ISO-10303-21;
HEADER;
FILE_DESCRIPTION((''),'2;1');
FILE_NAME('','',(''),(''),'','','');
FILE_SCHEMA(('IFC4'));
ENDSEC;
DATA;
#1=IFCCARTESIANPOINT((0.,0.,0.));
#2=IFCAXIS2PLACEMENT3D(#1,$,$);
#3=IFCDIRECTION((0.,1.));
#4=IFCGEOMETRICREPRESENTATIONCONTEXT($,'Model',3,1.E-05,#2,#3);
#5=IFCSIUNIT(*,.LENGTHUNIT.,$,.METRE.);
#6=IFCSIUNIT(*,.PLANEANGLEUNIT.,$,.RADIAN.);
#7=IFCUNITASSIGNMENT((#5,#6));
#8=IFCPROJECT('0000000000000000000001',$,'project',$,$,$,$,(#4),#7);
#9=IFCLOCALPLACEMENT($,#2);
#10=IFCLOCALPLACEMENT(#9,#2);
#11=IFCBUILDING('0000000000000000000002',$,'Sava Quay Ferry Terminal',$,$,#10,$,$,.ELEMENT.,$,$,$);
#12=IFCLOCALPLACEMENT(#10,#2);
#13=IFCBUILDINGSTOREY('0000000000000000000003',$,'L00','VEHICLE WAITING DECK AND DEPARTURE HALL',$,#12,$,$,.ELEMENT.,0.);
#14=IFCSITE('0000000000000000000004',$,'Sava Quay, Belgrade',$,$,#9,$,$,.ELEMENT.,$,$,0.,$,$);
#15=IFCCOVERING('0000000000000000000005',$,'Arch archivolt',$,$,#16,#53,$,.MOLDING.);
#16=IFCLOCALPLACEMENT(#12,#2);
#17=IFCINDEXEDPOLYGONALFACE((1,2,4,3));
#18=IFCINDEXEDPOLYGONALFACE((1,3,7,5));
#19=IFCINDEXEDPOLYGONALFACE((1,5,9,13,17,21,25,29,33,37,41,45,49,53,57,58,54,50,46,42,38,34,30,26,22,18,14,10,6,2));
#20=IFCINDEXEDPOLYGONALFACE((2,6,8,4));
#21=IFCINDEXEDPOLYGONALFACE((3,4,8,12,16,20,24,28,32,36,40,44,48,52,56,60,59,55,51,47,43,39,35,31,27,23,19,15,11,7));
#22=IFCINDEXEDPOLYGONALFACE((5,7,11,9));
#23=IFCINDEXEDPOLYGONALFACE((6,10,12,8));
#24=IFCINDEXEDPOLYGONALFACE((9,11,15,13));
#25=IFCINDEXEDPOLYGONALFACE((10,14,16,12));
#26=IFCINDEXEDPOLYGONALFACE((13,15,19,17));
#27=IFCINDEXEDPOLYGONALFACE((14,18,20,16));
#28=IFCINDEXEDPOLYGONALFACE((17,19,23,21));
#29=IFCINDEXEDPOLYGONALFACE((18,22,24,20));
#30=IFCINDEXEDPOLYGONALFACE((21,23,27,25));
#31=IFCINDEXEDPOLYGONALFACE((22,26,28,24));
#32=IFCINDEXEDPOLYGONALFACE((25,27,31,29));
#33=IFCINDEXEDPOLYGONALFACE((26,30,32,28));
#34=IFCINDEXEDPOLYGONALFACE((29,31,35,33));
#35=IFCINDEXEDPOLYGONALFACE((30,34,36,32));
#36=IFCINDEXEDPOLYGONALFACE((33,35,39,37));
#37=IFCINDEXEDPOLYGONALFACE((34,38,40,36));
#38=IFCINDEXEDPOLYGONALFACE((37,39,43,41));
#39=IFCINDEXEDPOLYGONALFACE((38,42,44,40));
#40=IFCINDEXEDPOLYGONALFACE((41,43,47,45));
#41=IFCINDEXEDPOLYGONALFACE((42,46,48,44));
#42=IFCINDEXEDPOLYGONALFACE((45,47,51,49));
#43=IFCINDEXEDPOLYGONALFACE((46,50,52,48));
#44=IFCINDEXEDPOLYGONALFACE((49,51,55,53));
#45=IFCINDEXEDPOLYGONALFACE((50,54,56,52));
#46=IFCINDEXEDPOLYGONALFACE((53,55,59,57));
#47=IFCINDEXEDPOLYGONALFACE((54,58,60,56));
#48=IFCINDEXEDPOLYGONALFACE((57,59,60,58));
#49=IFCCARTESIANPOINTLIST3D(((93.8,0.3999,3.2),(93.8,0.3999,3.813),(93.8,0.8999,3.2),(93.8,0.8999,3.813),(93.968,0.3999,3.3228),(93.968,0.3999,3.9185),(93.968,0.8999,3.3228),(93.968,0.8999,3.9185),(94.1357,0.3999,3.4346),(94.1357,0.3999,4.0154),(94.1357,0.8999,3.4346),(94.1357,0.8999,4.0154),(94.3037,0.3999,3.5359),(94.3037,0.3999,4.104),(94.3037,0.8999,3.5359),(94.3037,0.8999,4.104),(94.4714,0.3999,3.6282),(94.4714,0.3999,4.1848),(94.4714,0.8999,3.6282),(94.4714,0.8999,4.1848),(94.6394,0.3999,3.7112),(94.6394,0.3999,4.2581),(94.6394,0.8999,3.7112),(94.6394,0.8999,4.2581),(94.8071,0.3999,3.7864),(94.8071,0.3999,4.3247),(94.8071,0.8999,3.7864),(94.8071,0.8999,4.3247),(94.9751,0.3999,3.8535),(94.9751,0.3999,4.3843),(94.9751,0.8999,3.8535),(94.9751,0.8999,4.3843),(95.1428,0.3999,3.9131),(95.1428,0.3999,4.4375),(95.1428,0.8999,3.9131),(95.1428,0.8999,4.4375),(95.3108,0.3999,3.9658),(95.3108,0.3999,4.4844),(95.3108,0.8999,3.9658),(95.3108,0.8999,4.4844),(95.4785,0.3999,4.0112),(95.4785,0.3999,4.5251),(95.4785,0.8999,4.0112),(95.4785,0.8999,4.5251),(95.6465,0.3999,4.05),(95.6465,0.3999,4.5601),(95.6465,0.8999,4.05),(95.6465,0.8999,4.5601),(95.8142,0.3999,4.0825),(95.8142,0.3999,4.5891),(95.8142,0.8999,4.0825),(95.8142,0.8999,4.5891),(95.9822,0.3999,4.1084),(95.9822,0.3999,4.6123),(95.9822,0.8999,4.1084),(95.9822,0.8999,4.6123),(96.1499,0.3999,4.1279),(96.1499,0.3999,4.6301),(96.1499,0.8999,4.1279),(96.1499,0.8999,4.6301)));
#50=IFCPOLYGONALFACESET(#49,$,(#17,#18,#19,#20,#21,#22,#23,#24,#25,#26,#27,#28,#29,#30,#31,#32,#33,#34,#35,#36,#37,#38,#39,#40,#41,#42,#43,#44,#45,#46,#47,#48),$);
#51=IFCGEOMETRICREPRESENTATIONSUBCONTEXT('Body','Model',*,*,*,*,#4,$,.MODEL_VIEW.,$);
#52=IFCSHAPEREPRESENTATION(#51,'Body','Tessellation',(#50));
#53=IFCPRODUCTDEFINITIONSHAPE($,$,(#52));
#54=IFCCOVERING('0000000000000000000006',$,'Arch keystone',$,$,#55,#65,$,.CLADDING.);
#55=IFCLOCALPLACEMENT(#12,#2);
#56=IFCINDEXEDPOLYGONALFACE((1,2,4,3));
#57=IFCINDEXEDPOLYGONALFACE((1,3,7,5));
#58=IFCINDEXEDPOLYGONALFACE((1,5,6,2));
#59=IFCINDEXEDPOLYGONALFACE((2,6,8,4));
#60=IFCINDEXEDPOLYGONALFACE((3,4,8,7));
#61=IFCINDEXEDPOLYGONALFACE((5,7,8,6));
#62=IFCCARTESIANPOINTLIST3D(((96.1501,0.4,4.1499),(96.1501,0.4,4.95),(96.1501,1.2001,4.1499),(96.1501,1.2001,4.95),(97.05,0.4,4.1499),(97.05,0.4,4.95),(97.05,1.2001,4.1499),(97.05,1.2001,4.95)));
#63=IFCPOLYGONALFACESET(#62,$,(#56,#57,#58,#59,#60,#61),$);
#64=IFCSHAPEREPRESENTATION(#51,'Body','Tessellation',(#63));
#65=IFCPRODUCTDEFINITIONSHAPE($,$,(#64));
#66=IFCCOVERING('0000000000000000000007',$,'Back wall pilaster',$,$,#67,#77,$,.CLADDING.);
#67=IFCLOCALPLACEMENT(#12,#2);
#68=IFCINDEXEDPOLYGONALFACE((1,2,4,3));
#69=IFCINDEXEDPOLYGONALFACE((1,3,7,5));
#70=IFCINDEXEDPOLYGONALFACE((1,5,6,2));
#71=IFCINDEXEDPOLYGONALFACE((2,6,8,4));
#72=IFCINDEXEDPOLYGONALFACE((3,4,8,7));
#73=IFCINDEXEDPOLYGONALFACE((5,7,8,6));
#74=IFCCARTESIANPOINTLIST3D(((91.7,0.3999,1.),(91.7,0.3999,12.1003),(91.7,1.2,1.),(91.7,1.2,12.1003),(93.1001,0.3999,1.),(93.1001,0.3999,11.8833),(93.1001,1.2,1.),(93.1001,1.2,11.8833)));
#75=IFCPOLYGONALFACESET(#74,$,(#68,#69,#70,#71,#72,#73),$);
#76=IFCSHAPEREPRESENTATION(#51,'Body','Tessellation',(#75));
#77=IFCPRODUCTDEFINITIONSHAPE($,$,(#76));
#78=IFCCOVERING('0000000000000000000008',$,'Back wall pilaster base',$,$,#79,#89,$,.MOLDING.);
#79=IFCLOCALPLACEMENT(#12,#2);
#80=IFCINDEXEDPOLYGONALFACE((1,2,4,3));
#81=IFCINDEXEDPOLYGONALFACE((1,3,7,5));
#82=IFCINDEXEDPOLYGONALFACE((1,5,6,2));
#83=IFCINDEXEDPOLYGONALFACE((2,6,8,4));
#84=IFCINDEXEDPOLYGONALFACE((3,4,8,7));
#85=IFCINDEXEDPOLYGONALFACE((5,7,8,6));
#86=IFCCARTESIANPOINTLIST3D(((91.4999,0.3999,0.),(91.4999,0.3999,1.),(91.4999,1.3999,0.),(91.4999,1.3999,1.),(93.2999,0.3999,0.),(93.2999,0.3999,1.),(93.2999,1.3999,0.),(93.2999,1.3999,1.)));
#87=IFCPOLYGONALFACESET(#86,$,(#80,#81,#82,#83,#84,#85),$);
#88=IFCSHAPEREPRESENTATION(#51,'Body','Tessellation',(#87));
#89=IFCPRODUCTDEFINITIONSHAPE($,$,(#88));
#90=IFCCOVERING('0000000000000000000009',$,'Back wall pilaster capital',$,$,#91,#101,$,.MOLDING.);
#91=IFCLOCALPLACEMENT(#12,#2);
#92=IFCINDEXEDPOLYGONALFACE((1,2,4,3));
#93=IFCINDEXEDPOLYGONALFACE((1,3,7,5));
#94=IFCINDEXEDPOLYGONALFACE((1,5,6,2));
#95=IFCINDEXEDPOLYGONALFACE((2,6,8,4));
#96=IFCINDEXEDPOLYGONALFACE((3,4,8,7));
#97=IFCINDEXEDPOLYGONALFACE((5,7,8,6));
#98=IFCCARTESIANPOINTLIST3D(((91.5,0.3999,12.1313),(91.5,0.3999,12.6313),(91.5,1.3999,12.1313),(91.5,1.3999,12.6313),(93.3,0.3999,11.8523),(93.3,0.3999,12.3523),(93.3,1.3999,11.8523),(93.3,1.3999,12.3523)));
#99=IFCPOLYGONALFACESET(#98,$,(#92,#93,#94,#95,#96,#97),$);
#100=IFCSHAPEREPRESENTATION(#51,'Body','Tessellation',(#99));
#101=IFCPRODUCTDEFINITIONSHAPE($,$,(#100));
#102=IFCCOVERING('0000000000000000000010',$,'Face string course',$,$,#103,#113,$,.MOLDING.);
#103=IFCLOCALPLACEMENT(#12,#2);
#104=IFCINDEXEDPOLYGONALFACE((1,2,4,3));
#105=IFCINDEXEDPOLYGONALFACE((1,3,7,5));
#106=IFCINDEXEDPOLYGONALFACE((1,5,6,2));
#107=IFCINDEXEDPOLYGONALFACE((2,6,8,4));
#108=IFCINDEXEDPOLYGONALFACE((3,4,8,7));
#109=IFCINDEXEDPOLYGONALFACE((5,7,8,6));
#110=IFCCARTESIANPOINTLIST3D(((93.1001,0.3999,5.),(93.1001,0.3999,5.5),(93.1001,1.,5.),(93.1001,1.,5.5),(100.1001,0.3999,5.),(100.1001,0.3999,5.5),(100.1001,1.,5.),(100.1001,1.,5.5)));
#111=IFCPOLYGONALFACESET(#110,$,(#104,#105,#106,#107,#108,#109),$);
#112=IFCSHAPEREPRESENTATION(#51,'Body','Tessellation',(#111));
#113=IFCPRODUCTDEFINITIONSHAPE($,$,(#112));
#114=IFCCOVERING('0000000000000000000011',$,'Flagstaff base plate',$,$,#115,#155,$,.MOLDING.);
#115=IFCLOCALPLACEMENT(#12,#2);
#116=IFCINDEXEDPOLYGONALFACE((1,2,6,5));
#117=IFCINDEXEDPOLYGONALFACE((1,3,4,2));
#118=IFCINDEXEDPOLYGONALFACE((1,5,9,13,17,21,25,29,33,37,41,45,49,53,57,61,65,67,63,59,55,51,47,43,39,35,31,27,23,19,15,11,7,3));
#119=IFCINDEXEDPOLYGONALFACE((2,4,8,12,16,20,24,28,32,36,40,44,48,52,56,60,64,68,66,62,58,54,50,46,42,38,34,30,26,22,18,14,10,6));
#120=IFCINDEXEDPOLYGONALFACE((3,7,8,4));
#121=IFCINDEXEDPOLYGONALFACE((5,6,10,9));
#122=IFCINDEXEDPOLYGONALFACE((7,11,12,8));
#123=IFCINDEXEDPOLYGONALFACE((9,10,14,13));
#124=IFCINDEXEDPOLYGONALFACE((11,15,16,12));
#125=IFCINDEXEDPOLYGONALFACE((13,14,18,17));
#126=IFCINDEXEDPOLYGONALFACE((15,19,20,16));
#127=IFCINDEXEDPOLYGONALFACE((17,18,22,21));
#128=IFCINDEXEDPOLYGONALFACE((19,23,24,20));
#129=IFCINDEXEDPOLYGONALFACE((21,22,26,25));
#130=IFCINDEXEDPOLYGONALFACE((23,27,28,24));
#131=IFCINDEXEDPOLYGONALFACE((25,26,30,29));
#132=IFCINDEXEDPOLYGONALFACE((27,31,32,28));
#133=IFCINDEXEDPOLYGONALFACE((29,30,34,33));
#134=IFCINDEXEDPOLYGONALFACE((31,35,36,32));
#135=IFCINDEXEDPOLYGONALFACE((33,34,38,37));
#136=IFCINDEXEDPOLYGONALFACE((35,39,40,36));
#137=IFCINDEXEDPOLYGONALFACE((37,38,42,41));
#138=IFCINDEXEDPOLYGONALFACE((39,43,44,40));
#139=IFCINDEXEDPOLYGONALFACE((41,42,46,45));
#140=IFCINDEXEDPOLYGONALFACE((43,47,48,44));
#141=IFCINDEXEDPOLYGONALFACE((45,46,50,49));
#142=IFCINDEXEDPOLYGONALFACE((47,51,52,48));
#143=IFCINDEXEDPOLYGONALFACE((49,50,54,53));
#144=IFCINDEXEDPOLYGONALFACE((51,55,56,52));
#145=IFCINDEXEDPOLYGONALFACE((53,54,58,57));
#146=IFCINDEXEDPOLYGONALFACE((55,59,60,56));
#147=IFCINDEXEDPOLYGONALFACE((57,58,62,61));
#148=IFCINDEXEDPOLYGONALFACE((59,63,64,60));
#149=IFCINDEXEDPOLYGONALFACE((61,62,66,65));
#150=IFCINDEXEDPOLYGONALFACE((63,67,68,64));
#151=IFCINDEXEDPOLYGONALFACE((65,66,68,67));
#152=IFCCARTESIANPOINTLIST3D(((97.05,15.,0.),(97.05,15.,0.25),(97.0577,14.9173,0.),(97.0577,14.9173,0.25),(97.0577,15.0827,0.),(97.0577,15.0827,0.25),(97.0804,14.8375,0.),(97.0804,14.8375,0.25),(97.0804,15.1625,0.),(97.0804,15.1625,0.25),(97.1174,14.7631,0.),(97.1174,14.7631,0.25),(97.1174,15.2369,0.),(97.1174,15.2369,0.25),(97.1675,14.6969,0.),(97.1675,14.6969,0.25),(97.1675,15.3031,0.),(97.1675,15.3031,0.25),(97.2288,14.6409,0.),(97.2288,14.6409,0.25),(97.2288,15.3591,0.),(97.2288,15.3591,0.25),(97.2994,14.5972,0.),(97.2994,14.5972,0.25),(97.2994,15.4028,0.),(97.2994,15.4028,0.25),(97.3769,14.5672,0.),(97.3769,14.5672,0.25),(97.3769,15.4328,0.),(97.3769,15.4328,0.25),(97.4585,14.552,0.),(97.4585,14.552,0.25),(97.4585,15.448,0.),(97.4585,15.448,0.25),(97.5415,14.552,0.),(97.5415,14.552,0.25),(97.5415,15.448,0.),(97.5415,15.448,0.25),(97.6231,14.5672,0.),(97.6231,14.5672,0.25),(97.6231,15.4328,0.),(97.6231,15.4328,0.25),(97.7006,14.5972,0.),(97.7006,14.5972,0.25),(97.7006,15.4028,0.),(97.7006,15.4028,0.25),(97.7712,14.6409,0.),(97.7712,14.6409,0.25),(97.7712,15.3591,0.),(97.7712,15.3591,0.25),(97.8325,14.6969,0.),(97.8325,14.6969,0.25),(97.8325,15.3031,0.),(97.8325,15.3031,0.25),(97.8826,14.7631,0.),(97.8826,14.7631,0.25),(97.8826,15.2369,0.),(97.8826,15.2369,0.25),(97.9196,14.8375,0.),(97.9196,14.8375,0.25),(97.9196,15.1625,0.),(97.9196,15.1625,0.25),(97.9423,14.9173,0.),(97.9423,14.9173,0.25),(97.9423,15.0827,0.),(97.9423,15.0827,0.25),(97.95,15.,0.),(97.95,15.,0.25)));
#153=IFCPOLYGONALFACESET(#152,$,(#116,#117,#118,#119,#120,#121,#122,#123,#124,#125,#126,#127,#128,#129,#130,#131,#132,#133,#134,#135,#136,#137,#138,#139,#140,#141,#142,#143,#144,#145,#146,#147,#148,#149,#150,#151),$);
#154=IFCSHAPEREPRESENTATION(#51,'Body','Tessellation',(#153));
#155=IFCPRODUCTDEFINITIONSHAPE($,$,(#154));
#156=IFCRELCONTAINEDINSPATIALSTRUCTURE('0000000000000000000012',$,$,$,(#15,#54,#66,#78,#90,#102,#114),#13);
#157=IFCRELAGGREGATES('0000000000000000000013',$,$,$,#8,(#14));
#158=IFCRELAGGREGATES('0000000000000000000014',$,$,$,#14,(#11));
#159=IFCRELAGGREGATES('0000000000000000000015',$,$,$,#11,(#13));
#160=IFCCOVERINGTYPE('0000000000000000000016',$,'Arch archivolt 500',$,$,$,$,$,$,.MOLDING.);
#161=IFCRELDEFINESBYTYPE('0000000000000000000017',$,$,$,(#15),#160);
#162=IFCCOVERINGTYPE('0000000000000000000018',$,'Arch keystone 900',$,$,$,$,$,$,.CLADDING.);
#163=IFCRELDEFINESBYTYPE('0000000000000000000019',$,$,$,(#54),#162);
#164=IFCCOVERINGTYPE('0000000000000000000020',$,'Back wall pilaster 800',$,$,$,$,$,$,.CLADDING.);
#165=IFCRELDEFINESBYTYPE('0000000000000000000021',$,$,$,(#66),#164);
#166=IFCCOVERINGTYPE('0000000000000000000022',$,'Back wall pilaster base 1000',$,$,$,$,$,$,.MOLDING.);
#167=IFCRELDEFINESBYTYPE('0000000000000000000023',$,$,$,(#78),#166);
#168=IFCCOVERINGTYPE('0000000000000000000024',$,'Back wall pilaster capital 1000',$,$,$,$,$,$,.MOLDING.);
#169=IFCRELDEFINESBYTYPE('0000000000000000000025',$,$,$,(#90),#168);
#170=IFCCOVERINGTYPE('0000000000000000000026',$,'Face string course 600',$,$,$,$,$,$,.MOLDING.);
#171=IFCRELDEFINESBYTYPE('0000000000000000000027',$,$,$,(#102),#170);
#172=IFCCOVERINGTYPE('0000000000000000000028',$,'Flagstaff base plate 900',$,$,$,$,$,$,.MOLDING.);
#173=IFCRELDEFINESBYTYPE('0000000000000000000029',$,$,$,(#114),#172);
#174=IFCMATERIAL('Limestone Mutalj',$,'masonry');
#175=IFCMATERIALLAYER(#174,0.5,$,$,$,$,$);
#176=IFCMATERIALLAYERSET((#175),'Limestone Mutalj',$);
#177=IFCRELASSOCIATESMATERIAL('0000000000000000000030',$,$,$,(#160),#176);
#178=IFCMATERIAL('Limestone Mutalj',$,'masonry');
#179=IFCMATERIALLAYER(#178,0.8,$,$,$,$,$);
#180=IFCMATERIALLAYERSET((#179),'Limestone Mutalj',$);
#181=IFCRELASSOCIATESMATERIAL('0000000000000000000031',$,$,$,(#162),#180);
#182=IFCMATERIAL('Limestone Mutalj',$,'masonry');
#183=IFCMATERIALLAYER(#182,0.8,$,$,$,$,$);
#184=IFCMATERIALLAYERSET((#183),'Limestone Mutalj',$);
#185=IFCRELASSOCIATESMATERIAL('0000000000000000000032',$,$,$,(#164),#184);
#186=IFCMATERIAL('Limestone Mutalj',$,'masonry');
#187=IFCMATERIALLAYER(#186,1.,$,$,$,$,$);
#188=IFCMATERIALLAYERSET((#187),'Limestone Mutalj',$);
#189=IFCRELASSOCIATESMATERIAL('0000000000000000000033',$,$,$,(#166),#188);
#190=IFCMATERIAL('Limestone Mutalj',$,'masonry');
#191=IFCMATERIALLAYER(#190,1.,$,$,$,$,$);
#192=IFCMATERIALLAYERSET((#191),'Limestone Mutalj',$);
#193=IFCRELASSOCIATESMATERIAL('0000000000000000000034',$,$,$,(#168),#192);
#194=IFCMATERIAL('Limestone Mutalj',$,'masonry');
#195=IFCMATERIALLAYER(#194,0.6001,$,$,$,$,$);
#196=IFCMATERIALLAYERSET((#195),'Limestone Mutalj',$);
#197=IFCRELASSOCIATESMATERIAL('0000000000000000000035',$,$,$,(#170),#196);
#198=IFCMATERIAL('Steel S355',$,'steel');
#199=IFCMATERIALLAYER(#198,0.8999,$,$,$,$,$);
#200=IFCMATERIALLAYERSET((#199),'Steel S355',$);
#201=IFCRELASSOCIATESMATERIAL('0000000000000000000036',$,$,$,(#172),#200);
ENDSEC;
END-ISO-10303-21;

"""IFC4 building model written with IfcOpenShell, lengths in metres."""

from ifc_helpers import new_model, si_unit, direction, frame, origin, origin_2d, place, context, subcontext, project, spatial, polyline, rectangle, circle, outline, extrude, material, layer, layer_set, type_object, element, save


model = new_model("IFC4")

# Units and contexts
model_context = context("Model", 3, precision=1e-05, world=origin(), true_north=direction((0.0, 1.0)))
body_context = subcontext(model_context, "Body", "Model", "MODEL_VIEW")
ifc_project = project(units=[si_unit("LENGTHUNIT", "METRE"), si_unit("PLANEANGLEUNIT", "RADIAN")], contexts=[model_context])

# Site, building, storey
site_placement = place(None, origin())
site = spatial("IfcSite", under=ifc_project, at=site_placement, Name="Sava Quay, Belgrade", CompositionType="ELEMENT", RefElevation=0.0)
building_placement = place(site_placement, origin())
building = spatial("IfcBuilding", under=site, at=building_placement, Name="Sava Quay Ferry Terminal", CompositionType="ELEMENT")
storey_placement = place(building_placement, origin())
storey = spatial("IfcBuildingStorey", under=building, at=storey_placement, Name="L00", Description="VEHICLE WAITING DECK AND DEPARTURE HALL", CompositionType="ELEMENT", Elevation=0.0)

# Coverings
ifc_material_1 = material(Name="Limestone Mutalj", Category="masonry")
ifc_layer_1 = layer(ifc_material_1, 0.5)
ifc_layer_set_1 = layer_set([ifc_layer_1], Name="Limestone Mutalj")
covering_type_1 = type_object("IfcCoveringType", Name="Arch archivolt 500", PredefinedType="MOLDING", material=ifc_layer_set_1)
covering_1_placement = place(storey_placement, frame((93.8, 0.3999, 3.2), z_axis=(0.0, -1.0, 0.0), x_axis=(0.807262, 0.0, 0.590193)))
element("IfcCovering", 1, at=covering_1_placement, inside=storey, type_object=covering_type_1, Name="Arch archivolt", PredefinedType="MOLDING", context=body_context, shape_type="SweptSolid", body=[
    extrude(outline(polyline([(0.0, 0.0), (0.2081, 0.0), (0.4095, -0.0087), (0.6049, -0.0261), (0.7947, -0.0506), (0.9793, -0.0827), (1.1591, -0.121), (1.3343, -0.1659), (1.5049, -0.2168), (1.6716, -0.2734), (1.8338, -0.3357), (1.9923, -0.4035), (2.1468, -0.4763), (2.2977, -0.5545), (2.4446, -0.6377), (2.741, -0.2323), (2.5951, -0.1477), (2.4458, -0.0673), (2.2933, 0.0082), (2.1371, 0.0792), (1.9776, 0.1452), (1.8144, 0.2065), (1.6476, 0.2626), (1.4768, 0.3136), (1.3021, 0.3588), (1.1232, 0.3988), (0.9402, 0.4325), (0.7523, 0.4601), (0.5597, 0.4809), (0.3618, 0.4949), (0.0, 0.0)])), origin(), (0.0, 0.0, -1.0), 0.5),
])
ifc_material_2 = material(Name="Limestone Mutalj", Category="masonry")
ifc_layer_2 = layer(ifc_material_2, 0.8)
ifc_layer_set_2 = layer_set([ifc_layer_2], Name="Limestone Mutalj")
covering_type_2 = type_object("IfcCoveringType", Name="Arch keystone 900", PredefinedType="CLADDING", material=ifc_layer_set_2)
covering_2_placement = place(storey_placement, frame((96.6001, 0.8, 4.1499), z_axis=(0.0, 0.0, 1.0), x_axis=(1.0, 0.0, 0.0)))
element("IfcCovering", 2, at=covering_2_placement, inside=storey, type_object=covering_type_2, Name="Arch keystone", PredefinedType="CLADDING", context=body_context, shape_type="SweptSolid", body=[
    extrude(rectangle(XDim=0.8999, YDim=0.8, at=origin_2d()), origin(), (0.0, 0.0, 1.0), 0.8),
])
ifc_material_3 = material(Name="Limestone Mutalj", Category="masonry")
ifc_layer_3 = layer(ifc_material_3, 0.8)
ifc_layer_set_3 = layer_set([ifc_layer_3], Name="Limestone Mutalj")
covering_type_3 = type_object("IfcCoveringType", Name="Back wall pilaster 800", PredefinedType="CLADDING", material=ifc_layer_set_3)
covering_3_placement = place(storey_placement, frame((91.7, 0.3999, 1.0), z_axis=(0.0, -1.0, 0.0), x_axis=(1.0, 0.0, 0.0)))
element("IfcCovering", 3, at=covering_3_placement, inside=storey, type_object=covering_type_3, Name="Back wall pilaster", PredefinedType="CLADDING", context=body_context, shape_type="SweptSolid", body=[
    extrude(outline(polyline([(0.0, 0.0), (1.4001, 0.0), (1.4001, 10.8833), (0.0, 11.1003), (0.0, 0.0)])), origin(), (0.0, 0.0, -1.0), 0.8),
])
ifc_material_4 = material(Name="Limestone Mutalj", Category="masonry")
ifc_layer_4 = layer(ifc_material_4, 1.0)
ifc_layer_set_4 = layer_set([ifc_layer_4], Name="Limestone Mutalj")
covering_type_4 = type_object("IfcCoveringType", Name="Back wall pilaster base 1000", PredefinedType="MOLDING", material=ifc_layer_set_4)
covering_4_placement = place(storey_placement, frame((92.3999, 0.8999, 0.0), z_axis=(0.0, 0.0, 1.0), x_axis=(1.0, 0.0, 0.0)))
element("IfcCovering", 4, at=covering_4_placement, inside=storey, type_object=covering_type_4, Name="Back wall pilaster base", PredefinedType="MOLDING", context=body_context, shape_type="SweptSolid", body=[
    extrude(rectangle(XDim=1.8, YDim=1.0, at=origin_2d()), origin(), (0.0, 0.0, 1.0), 1.0),
])
ifc_material_5 = material(Name="Limestone Mutalj", Category="masonry")
ifc_layer_5 = layer(ifc_material_5, 1.0)
ifc_layer_set_5 = layer_set([ifc_layer_5], Name="Limestone Mutalj")
covering_type_5 = type_object("IfcCoveringType", Name="Back wall pilaster capital 1000", PredefinedType="MOLDING", material=ifc_layer_set_5)
covering_5_placement = place(storey_placement, frame((91.5, 0.3999, 12.1313), z_axis=(0.0, -1.0, 0.0), x_axis=(0.988196, 0.0, -0.153195)))
element("IfcCovering", 5, at=covering_5_placement, inside=storey, type_object=covering_type_5, Name="Back wall pilaster capital", PredefinedType="MOLDING", context=body_context, shape_type="SweptSolid", body=[
    extrude(outline(polyline([(0.0, 0.0), (1.8216, 0.0), (1.745, 0.4941), (-0.0766, 0.4941), (0.0, 0.0)])), origin(), (0.0, 0.0, -1.0), 1.0),
])
ifc_material_6 = material(Name="Limestone Mutalj", Category="masonry")
ifc_layer_6 = layer(ifc_material_6, 0.6001)
ifc_layer_set_6 = layer_set([ifc_layer_6], Name="Limestone Mutalj")
covering_type_6 = type_object("IfcCoveringType", Name="Face string course 600", PredefinedType="MOLDING", material=ifc_layer_set_6)
covering_6_placement = place(storey_placement, frame((96.6001, 0.7, 5.0), z_axis=(0.0, 0.0, 1.0), x_axis=(1.0, 0.0, 0.0)))
element("IfcCovering", 6, at=covering_6_placement, inside=storey, type_object=covering_type_6, Name="Face string course", PredefinedType="MOLDING", context=body_context, shape_type="SweptSolid", body=[
    extrude(rectangle(XDim=7.0, YDim=0.6001, at=origin_2d()), origin(), (0.0, 0.0, 1.0), 0.5),
])
ifc_material_7 = material(Name="Steel S355", Category="steel")
ifc_layer_7 = layer(ifc_material_7, 0.8999)
ifc_layer_set_7 = layer_set([ifc_layer_7], Name="Steel S355")
covering_type_7 = type_object("IfcCoveringType", Name="Flagstaff base plate 900", PredefinedType="MOLDING", material=ifc_layer_set_7)
covering_7_placement = place(storey_placement, frame((97.5, 15.0, 0.25), z_axis=(0.0, 0.0, -1.0), x_axis=(1.0, 0.0, 0.0)))
element("IfcCovering", 7, at=covering_7_placement, inside=storey, type_object=covering_type_7, Name="Flagstaff base plate", PredefinedType="MOLDING", context=body_context, shape_type="SweptSolid", body=[
    extrude(circle(Radius=0.45, at=origin_2d()), origin(), (0.0, 0.0, 1.0), 0.25),
])

save(model, "model.ifc")
